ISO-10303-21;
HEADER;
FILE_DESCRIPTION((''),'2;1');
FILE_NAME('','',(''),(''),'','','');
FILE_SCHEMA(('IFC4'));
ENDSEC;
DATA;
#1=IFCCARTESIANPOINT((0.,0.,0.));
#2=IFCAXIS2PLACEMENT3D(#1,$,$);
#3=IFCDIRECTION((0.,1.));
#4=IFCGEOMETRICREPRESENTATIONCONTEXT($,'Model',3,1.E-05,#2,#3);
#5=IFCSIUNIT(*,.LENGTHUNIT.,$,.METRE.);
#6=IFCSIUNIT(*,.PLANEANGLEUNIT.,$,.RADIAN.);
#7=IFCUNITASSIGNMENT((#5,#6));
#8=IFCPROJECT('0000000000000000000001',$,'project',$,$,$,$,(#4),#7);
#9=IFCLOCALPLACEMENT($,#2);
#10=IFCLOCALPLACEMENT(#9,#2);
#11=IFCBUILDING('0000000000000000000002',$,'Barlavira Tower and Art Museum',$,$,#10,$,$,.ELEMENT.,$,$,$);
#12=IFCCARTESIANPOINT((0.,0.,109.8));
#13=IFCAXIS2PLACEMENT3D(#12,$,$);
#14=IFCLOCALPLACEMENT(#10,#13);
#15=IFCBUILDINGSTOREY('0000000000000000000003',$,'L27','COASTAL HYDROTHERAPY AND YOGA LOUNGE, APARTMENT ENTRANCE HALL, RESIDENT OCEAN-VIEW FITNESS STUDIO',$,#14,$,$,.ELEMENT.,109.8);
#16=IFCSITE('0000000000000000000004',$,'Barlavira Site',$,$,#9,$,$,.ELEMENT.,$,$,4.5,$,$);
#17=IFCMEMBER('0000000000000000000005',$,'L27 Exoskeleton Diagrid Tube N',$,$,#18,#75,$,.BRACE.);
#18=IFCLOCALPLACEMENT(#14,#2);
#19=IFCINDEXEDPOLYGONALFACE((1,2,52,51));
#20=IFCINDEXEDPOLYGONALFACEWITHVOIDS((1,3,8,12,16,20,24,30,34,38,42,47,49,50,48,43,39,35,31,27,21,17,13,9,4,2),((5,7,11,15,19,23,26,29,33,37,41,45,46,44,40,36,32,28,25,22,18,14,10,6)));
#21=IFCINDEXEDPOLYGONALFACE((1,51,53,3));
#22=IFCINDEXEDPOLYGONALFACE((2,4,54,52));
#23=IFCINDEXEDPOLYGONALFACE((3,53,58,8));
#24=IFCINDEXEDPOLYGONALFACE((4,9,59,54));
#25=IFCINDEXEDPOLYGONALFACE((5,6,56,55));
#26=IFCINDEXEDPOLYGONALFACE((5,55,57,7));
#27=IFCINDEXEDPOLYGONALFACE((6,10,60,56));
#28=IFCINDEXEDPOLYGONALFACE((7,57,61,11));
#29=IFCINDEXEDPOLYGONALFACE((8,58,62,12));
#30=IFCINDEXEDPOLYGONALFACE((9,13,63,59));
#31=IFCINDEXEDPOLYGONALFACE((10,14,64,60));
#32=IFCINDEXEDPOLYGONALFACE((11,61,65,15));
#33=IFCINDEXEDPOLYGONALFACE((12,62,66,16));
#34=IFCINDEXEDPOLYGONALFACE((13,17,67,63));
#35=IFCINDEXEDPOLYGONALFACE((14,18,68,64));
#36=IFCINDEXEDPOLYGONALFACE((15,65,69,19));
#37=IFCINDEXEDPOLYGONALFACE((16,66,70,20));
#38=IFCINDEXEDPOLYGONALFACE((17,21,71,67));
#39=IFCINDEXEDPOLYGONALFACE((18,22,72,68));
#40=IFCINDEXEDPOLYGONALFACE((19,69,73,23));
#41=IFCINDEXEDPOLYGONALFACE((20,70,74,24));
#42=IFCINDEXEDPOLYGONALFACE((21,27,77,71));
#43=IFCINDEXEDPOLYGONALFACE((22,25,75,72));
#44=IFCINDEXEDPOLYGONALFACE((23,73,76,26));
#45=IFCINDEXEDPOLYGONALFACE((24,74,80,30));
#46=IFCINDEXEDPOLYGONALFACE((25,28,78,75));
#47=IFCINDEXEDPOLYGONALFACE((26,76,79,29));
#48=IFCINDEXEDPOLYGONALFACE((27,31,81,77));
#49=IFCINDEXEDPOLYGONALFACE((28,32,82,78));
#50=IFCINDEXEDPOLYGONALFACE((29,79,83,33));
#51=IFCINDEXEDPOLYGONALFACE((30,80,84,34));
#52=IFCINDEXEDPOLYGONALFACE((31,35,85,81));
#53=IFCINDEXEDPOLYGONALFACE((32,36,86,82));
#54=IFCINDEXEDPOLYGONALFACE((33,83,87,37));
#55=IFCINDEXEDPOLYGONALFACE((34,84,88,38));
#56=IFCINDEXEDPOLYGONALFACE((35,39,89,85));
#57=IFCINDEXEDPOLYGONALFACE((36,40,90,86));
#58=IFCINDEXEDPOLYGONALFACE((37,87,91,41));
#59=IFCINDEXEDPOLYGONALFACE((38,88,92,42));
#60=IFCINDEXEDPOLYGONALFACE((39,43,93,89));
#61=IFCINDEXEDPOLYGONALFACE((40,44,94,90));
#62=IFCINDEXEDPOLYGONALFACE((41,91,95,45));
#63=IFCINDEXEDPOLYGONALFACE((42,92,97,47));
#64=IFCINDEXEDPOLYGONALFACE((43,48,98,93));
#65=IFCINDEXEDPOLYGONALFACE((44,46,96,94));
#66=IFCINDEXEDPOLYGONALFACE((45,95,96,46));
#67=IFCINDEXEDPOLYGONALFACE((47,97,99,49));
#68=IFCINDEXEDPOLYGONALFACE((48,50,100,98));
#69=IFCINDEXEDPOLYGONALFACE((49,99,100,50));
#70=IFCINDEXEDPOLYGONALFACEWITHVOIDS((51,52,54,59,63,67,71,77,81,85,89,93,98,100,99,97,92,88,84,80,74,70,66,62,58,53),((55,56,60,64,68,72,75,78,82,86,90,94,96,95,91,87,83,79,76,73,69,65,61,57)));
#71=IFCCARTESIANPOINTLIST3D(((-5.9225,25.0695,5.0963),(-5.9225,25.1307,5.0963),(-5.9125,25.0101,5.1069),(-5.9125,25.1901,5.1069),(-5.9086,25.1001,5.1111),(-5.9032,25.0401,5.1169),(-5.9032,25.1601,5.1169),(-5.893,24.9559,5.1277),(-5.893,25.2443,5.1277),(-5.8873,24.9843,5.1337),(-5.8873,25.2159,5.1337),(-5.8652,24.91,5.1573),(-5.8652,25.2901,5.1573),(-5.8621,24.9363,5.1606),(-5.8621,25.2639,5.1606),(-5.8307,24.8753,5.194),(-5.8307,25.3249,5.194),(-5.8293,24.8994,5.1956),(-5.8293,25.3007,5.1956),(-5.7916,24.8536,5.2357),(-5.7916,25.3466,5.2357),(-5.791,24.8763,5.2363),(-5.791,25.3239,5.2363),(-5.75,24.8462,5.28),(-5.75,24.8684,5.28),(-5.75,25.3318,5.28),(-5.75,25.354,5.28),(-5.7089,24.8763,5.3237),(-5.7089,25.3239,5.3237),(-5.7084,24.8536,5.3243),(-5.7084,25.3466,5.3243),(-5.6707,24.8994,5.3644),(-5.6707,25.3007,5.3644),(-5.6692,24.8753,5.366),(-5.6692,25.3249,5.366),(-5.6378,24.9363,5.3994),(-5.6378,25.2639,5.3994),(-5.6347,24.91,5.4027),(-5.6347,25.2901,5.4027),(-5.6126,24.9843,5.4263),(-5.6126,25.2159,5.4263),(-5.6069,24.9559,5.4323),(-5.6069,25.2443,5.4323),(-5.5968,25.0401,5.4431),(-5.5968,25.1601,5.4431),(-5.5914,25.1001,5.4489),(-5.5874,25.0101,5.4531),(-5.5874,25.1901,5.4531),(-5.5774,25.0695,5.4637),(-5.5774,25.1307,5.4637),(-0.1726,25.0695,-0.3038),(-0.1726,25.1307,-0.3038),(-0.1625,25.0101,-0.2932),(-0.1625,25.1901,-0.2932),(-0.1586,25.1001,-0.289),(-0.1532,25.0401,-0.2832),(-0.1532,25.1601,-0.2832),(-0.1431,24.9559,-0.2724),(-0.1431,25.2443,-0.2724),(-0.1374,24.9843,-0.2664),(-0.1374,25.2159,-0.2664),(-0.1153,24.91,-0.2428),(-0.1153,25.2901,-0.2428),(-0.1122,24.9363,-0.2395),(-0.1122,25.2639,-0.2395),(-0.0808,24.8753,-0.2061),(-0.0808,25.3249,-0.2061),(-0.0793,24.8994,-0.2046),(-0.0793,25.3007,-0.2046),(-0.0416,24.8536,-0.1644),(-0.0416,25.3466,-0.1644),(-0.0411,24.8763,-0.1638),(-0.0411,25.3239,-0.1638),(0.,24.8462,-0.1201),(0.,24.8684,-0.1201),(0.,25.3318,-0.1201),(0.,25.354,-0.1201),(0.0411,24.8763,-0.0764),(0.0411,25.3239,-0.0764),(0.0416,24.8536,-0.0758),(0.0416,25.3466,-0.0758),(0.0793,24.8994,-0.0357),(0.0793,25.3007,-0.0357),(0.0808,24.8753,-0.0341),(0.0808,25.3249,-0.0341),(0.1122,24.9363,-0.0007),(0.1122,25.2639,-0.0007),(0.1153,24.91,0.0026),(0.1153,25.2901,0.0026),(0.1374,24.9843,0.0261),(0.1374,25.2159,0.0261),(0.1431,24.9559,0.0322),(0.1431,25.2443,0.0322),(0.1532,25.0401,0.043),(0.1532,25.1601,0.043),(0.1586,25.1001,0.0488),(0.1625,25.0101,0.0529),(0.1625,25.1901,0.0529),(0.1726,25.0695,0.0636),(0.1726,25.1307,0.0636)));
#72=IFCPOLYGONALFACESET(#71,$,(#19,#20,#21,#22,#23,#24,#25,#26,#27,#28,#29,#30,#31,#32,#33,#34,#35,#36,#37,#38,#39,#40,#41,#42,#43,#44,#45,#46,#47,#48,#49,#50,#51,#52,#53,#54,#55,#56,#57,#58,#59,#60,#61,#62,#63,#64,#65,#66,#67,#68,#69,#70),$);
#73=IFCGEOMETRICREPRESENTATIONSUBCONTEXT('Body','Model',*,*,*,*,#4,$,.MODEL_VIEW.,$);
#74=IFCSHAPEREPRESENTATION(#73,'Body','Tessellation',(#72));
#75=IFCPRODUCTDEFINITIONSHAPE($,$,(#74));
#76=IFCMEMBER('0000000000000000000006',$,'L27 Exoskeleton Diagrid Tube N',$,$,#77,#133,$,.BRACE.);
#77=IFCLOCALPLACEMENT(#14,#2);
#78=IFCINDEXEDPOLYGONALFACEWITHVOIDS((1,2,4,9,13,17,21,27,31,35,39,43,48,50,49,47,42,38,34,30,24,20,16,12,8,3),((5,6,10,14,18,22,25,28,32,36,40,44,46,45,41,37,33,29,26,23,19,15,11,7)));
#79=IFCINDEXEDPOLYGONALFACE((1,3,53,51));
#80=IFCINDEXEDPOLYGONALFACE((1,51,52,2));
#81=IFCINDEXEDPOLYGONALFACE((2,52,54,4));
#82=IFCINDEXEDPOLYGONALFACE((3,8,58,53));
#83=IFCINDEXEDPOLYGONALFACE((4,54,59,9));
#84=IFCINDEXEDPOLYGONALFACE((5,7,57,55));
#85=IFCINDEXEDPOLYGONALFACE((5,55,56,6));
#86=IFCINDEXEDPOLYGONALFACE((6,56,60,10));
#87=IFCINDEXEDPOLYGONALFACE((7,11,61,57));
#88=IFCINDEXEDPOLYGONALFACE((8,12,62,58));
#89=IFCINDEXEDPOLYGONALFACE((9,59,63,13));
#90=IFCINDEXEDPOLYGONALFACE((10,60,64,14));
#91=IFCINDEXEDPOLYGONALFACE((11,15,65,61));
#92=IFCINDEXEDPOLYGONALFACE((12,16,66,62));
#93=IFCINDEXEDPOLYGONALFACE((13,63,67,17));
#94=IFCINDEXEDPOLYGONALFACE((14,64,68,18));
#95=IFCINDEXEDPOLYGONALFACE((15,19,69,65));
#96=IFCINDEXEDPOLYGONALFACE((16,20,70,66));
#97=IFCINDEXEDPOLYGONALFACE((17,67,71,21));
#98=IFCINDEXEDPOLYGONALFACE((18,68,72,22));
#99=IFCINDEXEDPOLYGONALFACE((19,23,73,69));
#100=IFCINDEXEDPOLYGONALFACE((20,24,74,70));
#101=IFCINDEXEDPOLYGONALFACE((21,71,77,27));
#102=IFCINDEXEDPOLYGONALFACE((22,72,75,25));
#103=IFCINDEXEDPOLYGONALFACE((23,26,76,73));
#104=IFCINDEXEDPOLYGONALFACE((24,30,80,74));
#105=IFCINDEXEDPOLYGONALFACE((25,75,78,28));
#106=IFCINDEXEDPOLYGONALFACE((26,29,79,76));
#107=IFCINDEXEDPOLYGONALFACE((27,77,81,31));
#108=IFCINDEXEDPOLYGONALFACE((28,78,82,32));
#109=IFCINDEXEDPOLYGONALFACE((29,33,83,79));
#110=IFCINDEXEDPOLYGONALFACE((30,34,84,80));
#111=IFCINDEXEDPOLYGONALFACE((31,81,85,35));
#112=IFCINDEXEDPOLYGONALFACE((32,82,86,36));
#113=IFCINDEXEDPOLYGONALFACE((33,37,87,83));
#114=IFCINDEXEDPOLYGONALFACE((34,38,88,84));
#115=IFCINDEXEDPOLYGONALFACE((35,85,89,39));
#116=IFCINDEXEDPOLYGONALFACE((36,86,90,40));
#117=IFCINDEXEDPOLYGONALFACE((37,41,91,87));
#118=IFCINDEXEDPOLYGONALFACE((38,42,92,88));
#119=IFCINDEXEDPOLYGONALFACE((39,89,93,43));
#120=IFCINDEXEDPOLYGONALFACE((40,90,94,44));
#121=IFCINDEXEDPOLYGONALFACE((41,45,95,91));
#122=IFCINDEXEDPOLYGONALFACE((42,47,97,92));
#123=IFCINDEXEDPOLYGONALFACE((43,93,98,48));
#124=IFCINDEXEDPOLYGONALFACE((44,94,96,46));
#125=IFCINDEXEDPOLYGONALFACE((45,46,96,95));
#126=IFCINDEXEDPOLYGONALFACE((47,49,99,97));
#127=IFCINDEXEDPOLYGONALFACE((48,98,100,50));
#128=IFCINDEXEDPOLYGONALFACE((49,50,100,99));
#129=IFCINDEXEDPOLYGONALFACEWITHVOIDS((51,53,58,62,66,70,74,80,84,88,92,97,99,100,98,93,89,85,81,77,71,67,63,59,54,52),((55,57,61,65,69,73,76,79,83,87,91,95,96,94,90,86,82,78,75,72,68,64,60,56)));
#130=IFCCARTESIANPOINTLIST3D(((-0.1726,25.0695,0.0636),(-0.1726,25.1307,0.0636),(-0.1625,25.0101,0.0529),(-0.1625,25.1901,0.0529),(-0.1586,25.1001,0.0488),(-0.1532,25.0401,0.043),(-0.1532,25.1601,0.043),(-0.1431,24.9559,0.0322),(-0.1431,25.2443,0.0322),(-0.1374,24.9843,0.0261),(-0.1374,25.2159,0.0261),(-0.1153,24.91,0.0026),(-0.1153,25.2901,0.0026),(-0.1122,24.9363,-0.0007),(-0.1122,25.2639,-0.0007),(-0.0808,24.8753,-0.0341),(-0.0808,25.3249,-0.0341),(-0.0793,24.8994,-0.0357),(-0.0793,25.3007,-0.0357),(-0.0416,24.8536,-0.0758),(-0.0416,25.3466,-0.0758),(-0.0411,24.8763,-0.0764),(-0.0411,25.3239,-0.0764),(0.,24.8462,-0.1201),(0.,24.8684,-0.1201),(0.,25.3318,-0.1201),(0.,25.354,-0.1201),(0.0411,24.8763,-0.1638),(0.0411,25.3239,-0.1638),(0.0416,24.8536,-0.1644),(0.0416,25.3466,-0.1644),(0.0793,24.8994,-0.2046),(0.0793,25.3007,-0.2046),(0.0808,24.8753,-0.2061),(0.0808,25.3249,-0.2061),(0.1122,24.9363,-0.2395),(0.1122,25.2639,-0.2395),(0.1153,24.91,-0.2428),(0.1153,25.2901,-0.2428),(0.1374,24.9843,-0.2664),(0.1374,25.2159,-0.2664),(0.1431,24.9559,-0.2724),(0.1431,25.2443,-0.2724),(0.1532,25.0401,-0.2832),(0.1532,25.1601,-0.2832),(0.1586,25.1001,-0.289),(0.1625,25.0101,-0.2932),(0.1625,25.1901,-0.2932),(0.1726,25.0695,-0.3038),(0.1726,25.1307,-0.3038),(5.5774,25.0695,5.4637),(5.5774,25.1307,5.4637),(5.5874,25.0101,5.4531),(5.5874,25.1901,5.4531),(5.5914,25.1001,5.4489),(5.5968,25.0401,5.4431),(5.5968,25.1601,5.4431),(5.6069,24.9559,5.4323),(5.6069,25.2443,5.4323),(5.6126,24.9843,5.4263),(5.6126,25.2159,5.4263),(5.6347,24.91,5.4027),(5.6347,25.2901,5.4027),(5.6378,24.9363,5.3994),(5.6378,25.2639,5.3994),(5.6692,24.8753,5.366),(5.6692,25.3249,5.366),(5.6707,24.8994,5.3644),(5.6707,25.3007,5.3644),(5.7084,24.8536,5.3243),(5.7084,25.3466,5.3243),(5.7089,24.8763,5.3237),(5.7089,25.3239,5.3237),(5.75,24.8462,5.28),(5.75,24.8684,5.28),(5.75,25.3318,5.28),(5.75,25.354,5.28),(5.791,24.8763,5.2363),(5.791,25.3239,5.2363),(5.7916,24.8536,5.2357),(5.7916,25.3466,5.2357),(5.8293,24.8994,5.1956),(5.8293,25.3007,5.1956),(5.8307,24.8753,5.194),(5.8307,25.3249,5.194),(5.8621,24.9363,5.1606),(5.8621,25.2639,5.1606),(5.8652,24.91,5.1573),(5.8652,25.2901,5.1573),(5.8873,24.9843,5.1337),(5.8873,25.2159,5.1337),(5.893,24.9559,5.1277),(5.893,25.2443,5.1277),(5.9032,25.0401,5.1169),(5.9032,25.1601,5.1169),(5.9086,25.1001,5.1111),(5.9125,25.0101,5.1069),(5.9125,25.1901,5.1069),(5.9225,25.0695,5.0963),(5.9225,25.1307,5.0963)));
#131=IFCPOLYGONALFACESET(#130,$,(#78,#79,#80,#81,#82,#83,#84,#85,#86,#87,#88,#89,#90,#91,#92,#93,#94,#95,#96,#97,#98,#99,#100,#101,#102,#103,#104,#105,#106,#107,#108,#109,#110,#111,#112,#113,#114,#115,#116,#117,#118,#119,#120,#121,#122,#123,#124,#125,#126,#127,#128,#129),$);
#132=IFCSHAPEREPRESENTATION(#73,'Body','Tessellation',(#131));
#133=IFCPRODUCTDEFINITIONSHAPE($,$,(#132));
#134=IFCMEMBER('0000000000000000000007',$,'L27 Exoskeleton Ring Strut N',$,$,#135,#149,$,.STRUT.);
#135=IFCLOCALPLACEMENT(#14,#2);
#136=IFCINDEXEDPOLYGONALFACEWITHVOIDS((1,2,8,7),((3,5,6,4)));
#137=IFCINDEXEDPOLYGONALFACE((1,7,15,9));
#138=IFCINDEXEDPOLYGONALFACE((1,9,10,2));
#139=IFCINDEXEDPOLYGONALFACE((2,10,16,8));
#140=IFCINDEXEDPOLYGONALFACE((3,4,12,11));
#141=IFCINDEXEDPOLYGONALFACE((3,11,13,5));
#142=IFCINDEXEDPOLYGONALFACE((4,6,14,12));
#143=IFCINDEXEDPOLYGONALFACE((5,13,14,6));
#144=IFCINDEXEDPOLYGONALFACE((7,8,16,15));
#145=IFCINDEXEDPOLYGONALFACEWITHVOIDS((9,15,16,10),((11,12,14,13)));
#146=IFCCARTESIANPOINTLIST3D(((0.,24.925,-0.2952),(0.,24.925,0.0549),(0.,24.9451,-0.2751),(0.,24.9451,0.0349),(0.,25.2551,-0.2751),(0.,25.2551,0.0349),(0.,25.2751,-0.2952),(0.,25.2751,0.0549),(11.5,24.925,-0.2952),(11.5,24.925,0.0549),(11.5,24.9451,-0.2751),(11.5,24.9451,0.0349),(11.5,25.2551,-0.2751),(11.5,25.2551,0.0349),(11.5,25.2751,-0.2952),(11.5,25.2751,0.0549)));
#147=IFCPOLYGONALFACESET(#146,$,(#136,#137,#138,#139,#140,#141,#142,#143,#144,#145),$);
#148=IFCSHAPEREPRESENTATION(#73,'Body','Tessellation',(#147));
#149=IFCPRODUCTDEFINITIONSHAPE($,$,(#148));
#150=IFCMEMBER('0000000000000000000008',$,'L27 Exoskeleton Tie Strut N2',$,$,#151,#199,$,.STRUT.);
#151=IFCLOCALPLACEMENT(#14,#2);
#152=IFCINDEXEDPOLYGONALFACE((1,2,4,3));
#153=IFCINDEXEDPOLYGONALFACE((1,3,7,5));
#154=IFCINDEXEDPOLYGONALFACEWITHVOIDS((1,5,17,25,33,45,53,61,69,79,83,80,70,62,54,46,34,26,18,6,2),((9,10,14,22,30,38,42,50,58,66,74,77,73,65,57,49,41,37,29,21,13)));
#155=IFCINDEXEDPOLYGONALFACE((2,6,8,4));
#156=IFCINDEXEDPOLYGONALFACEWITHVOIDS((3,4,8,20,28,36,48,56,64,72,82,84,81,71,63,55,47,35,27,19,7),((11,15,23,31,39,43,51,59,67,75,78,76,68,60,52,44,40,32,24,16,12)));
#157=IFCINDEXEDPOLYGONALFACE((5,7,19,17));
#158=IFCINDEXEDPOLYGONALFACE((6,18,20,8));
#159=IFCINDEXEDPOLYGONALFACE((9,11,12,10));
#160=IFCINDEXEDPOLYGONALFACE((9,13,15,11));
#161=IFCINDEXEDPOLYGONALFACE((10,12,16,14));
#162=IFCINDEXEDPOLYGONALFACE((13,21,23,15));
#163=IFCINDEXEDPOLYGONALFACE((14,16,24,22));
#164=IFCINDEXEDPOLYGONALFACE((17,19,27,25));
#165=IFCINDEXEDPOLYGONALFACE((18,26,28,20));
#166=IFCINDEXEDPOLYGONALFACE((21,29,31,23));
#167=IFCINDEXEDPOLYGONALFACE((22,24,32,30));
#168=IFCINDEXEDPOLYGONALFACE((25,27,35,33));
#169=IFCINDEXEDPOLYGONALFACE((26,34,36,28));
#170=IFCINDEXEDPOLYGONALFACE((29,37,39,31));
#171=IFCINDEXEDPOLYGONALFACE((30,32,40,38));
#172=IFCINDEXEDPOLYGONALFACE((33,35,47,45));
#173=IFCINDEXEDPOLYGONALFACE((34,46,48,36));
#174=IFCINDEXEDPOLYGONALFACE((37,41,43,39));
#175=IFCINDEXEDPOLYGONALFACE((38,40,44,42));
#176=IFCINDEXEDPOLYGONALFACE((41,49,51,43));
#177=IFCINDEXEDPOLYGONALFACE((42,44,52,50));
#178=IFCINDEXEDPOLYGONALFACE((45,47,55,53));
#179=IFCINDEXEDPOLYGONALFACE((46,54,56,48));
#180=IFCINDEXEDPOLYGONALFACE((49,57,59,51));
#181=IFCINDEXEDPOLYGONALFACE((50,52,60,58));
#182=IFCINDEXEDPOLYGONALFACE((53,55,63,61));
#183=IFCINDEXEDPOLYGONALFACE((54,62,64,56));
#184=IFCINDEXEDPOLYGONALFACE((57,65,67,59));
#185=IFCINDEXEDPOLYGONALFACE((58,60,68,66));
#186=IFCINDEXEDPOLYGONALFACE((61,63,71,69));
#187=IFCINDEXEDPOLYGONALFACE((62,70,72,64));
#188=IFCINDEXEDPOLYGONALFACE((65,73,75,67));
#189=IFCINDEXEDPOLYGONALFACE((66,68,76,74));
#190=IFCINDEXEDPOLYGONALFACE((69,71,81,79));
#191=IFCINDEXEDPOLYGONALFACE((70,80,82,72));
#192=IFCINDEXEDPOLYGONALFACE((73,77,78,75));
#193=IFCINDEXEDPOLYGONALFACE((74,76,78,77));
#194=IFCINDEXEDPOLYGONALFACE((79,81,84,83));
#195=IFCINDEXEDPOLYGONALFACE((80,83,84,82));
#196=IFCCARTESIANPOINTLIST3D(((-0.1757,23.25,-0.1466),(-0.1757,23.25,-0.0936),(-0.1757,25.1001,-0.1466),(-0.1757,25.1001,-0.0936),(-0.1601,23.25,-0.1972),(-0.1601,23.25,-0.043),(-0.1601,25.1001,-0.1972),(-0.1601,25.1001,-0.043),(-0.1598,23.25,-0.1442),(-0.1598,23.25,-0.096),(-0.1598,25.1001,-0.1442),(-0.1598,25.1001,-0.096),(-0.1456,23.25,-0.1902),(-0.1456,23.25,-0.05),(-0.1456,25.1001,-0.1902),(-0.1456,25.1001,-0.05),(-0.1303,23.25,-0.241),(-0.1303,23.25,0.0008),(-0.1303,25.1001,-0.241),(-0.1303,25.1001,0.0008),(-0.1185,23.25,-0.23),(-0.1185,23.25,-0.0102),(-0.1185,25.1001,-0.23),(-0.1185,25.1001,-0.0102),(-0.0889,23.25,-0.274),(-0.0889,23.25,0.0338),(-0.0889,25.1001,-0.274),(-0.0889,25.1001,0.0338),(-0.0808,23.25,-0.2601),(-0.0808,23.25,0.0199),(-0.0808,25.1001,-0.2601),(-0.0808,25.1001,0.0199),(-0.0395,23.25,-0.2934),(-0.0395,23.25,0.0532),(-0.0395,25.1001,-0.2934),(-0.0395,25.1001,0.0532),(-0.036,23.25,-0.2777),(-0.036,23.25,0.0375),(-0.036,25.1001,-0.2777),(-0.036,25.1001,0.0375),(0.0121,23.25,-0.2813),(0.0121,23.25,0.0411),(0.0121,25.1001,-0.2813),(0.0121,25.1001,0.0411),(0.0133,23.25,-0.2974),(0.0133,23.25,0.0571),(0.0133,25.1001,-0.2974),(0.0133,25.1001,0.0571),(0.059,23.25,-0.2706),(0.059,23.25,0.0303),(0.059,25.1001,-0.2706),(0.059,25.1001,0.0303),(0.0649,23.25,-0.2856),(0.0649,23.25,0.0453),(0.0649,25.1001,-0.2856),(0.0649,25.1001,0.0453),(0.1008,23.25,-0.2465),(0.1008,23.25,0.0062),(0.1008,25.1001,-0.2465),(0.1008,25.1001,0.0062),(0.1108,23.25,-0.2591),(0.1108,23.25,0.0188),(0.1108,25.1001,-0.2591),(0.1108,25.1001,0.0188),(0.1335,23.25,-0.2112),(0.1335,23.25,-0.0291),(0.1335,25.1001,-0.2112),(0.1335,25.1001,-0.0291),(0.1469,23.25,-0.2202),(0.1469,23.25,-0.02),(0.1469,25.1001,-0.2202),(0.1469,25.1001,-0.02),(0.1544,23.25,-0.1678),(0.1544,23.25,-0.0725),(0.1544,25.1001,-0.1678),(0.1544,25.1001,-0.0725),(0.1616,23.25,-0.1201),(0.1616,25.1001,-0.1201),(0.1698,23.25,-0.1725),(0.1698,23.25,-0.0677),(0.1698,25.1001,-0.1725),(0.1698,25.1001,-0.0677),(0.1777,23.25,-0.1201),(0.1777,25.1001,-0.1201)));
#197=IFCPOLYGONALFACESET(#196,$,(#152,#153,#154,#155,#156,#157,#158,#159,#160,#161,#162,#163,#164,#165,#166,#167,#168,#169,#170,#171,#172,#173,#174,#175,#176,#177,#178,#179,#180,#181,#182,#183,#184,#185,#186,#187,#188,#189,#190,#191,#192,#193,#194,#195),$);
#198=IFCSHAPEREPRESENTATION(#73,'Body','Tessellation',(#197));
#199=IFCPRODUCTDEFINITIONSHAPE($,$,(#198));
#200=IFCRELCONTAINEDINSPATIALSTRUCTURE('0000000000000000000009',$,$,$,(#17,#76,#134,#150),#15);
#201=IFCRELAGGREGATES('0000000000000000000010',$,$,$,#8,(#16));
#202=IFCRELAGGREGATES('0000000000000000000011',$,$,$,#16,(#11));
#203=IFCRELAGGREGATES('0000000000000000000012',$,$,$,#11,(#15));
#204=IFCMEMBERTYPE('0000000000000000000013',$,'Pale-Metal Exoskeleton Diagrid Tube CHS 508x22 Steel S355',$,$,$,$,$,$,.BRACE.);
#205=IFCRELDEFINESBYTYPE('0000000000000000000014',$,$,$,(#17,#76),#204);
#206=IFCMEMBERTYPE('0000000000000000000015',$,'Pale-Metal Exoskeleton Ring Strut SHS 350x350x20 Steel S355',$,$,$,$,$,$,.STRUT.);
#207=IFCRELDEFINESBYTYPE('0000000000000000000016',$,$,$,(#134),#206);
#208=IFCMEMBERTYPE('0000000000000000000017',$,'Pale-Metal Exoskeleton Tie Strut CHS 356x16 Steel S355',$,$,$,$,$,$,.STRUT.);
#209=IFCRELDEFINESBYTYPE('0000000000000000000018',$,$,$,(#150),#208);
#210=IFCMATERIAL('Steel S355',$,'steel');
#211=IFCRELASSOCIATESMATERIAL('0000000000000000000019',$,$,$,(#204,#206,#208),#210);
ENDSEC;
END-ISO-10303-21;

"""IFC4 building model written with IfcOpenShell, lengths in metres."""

from ifc_helpers import new_model, si_unit, direction, frame, origin, origin_2d, place, context, subcontext, project, spatial, hollow_rectangle, hollow_circle, extrude, material, material_profile, profile_set, type_object, element, save


model = new_model("IFC4")

# Units and contexts
model_context = context("Model", 3, precision=1e-05, world=origin(), true_north=direction((0.0, 1.0)))
body_context = subcontext(model_context, "Body", "Model", "MODEL_VIEW")
ifc_project = project(units=[si_unit("LENGTHUNIT", "METRE"), si_unit("PLANEANGLEUNIT", "RADIAN")], contexts=[model_context])

# Site, building, storey
site_placement = place(None, origin())
site = spatial("IfcSite", under=ifc_project, at=site_placement, Name="Barlavira Site", CompositionType="ELEMENT", RefElevation=4.5)
building_placement = place(site_placement, origin())
building = spatial("IfcBuilding", under=site, at=building_placement, Name="Barlavira Tower and Art Museum", CompositionType="ELEMENT")
storey_placement = place(building_placement, frame((0.0, 0.0, 109.8)))
storey = spatial("IfcBuildingStorey", under=building, at=storey_placement, Name="L27", Description="COASTAL HYDROTHERAPY AND YOGA LOUNGE, APARTMENT ENTRANCE HALL, RESIDENT OCEAN-VIEW FITNESS STUDIO", CompositionType="ELEMENT", Elevation=109.8)

# Members
ifc_material_1 = material(Name="Steel S355", Category="steel")
ifc_material_profile_1 = material_profile(ifc_material_1, hollow_circle(Radius=0.2539, WallThickness=0.0222, at=origin_2d()), Name="CHS 508.0x22.2")
ifc_profile_set_1 = profile_set([ifc_material_profile_1], Name="Steel S355")
member_type_1 = type_object("IfcMemberType", Name="Pale-Metal Exoskeleton Diagrid Tube CHS 508x22 Steel S355", PredefinedType="BRACE", material=ifc_profile_set_1)
for number, where, z_axis, x_axis, name in (
    (1, (0.0, 25.1001, -0.1201), (-0.728935, 0.0, 0.684583), (0.0, -1.0, 0.0), "L27 Exoskeleton Diagrid Tube N"),
    (2, (0.0, 25.1001, -0.1201), (0.728935, 0.0, 0.684583), (0.0, 1.0, 0.0), "L27 Exoskeleton Diagrid Tube N"),
):
    element("IfcMember", number, at=place(storey_placement, frame(where, z_axis=z_axis, x_axis=x_axis)), inside=storey, type_object=member_type_1, Name=name, PredefinedType="BRACE", context=body_context, shape_type="SweptSolid", body=[
        extrude(hollow_circle(Radius=0.2539, WallThickness=0.0222, at=origin_2d()), origin(), (0.0, 0.0, 1.0), 7.8882),
    ])
ifc_material_profile_2 = material_profile(ifc_material_1, hollow_rectangle(XDim=0.3501, YDim=0.3501, WallThickness=0.02, at=origin_2d()), Name="SHS 350x350x20.0")
ifc_profile_set_2 = profile_set([ifc_material_profile_2], Name="Steel S355")
member_type_2 = type_object("IfcMemberType", Name="Pale-Metal Exoskeleton Ring Strut SHS 350x350x20 Steel S355", PredefinedType="STRUT", material=ifc_profile_set_2)
member_1_placement = place(storey_placement, frame((0.0, 25.1001, -0.1201), z_axis=(1.0, 0.0, 0.0), x_axis=(0.0, 1.0, 0.0)))
element("IfcMember", 3, at=member_1_placement, inside=storey, type_object=member_type_2, Name="L27 Exoskeleton Ring Strut N", PredefinedType="STRUT", context=body_context, shape_type="SweptSolid", body=[
    extrude(hollow_rectangle(XDim=0.3501, YDim=0.3501, WallThickness=0.02, at=origin_2d()), origin(), (0.0, 0.0, 1.0), 11.5),
])
ifc_material_profile_3 = material_profile(ifc_material_1, hollow_circle(Radius=0.1777, WallThickness=0.0161, at=origin_2d()), Name="CHS 355.6x16.0")
ifc_profile_set_3 = profile_set([ifc_material_profile_3], Name="Steel S355")
member_type_3 = type_object("IfcMemberType", Name="Pale-Metal Exoskeleton Tie Strut CHS 356x16 Steel S355", PredefinedType="STRUT", material=ifc_profile_set_3)
member_2_placement = place(storey_placement, frame((0.0, 25.1001, -0.1201), z_axis=(0.0, -1.0, 0.0), x_axis=(1.0, 0.0, 0.0)))
element("IfcMember", 4, at=member_2_placement, inside=storey, type_object=member_type_3, Name="L27 Exoskeleton Tie Strut N2", PredefinedType="STRUT", context=body_context, shape_type="SweptSolid", body=[
    extrude(hollow_circle(Radius=0.1777, WallThickness=0.0161, at=origin_2d()), origin(), (0.0, 0.0, 1.0), 1.8501),
])

save(model, "model.ifc")
